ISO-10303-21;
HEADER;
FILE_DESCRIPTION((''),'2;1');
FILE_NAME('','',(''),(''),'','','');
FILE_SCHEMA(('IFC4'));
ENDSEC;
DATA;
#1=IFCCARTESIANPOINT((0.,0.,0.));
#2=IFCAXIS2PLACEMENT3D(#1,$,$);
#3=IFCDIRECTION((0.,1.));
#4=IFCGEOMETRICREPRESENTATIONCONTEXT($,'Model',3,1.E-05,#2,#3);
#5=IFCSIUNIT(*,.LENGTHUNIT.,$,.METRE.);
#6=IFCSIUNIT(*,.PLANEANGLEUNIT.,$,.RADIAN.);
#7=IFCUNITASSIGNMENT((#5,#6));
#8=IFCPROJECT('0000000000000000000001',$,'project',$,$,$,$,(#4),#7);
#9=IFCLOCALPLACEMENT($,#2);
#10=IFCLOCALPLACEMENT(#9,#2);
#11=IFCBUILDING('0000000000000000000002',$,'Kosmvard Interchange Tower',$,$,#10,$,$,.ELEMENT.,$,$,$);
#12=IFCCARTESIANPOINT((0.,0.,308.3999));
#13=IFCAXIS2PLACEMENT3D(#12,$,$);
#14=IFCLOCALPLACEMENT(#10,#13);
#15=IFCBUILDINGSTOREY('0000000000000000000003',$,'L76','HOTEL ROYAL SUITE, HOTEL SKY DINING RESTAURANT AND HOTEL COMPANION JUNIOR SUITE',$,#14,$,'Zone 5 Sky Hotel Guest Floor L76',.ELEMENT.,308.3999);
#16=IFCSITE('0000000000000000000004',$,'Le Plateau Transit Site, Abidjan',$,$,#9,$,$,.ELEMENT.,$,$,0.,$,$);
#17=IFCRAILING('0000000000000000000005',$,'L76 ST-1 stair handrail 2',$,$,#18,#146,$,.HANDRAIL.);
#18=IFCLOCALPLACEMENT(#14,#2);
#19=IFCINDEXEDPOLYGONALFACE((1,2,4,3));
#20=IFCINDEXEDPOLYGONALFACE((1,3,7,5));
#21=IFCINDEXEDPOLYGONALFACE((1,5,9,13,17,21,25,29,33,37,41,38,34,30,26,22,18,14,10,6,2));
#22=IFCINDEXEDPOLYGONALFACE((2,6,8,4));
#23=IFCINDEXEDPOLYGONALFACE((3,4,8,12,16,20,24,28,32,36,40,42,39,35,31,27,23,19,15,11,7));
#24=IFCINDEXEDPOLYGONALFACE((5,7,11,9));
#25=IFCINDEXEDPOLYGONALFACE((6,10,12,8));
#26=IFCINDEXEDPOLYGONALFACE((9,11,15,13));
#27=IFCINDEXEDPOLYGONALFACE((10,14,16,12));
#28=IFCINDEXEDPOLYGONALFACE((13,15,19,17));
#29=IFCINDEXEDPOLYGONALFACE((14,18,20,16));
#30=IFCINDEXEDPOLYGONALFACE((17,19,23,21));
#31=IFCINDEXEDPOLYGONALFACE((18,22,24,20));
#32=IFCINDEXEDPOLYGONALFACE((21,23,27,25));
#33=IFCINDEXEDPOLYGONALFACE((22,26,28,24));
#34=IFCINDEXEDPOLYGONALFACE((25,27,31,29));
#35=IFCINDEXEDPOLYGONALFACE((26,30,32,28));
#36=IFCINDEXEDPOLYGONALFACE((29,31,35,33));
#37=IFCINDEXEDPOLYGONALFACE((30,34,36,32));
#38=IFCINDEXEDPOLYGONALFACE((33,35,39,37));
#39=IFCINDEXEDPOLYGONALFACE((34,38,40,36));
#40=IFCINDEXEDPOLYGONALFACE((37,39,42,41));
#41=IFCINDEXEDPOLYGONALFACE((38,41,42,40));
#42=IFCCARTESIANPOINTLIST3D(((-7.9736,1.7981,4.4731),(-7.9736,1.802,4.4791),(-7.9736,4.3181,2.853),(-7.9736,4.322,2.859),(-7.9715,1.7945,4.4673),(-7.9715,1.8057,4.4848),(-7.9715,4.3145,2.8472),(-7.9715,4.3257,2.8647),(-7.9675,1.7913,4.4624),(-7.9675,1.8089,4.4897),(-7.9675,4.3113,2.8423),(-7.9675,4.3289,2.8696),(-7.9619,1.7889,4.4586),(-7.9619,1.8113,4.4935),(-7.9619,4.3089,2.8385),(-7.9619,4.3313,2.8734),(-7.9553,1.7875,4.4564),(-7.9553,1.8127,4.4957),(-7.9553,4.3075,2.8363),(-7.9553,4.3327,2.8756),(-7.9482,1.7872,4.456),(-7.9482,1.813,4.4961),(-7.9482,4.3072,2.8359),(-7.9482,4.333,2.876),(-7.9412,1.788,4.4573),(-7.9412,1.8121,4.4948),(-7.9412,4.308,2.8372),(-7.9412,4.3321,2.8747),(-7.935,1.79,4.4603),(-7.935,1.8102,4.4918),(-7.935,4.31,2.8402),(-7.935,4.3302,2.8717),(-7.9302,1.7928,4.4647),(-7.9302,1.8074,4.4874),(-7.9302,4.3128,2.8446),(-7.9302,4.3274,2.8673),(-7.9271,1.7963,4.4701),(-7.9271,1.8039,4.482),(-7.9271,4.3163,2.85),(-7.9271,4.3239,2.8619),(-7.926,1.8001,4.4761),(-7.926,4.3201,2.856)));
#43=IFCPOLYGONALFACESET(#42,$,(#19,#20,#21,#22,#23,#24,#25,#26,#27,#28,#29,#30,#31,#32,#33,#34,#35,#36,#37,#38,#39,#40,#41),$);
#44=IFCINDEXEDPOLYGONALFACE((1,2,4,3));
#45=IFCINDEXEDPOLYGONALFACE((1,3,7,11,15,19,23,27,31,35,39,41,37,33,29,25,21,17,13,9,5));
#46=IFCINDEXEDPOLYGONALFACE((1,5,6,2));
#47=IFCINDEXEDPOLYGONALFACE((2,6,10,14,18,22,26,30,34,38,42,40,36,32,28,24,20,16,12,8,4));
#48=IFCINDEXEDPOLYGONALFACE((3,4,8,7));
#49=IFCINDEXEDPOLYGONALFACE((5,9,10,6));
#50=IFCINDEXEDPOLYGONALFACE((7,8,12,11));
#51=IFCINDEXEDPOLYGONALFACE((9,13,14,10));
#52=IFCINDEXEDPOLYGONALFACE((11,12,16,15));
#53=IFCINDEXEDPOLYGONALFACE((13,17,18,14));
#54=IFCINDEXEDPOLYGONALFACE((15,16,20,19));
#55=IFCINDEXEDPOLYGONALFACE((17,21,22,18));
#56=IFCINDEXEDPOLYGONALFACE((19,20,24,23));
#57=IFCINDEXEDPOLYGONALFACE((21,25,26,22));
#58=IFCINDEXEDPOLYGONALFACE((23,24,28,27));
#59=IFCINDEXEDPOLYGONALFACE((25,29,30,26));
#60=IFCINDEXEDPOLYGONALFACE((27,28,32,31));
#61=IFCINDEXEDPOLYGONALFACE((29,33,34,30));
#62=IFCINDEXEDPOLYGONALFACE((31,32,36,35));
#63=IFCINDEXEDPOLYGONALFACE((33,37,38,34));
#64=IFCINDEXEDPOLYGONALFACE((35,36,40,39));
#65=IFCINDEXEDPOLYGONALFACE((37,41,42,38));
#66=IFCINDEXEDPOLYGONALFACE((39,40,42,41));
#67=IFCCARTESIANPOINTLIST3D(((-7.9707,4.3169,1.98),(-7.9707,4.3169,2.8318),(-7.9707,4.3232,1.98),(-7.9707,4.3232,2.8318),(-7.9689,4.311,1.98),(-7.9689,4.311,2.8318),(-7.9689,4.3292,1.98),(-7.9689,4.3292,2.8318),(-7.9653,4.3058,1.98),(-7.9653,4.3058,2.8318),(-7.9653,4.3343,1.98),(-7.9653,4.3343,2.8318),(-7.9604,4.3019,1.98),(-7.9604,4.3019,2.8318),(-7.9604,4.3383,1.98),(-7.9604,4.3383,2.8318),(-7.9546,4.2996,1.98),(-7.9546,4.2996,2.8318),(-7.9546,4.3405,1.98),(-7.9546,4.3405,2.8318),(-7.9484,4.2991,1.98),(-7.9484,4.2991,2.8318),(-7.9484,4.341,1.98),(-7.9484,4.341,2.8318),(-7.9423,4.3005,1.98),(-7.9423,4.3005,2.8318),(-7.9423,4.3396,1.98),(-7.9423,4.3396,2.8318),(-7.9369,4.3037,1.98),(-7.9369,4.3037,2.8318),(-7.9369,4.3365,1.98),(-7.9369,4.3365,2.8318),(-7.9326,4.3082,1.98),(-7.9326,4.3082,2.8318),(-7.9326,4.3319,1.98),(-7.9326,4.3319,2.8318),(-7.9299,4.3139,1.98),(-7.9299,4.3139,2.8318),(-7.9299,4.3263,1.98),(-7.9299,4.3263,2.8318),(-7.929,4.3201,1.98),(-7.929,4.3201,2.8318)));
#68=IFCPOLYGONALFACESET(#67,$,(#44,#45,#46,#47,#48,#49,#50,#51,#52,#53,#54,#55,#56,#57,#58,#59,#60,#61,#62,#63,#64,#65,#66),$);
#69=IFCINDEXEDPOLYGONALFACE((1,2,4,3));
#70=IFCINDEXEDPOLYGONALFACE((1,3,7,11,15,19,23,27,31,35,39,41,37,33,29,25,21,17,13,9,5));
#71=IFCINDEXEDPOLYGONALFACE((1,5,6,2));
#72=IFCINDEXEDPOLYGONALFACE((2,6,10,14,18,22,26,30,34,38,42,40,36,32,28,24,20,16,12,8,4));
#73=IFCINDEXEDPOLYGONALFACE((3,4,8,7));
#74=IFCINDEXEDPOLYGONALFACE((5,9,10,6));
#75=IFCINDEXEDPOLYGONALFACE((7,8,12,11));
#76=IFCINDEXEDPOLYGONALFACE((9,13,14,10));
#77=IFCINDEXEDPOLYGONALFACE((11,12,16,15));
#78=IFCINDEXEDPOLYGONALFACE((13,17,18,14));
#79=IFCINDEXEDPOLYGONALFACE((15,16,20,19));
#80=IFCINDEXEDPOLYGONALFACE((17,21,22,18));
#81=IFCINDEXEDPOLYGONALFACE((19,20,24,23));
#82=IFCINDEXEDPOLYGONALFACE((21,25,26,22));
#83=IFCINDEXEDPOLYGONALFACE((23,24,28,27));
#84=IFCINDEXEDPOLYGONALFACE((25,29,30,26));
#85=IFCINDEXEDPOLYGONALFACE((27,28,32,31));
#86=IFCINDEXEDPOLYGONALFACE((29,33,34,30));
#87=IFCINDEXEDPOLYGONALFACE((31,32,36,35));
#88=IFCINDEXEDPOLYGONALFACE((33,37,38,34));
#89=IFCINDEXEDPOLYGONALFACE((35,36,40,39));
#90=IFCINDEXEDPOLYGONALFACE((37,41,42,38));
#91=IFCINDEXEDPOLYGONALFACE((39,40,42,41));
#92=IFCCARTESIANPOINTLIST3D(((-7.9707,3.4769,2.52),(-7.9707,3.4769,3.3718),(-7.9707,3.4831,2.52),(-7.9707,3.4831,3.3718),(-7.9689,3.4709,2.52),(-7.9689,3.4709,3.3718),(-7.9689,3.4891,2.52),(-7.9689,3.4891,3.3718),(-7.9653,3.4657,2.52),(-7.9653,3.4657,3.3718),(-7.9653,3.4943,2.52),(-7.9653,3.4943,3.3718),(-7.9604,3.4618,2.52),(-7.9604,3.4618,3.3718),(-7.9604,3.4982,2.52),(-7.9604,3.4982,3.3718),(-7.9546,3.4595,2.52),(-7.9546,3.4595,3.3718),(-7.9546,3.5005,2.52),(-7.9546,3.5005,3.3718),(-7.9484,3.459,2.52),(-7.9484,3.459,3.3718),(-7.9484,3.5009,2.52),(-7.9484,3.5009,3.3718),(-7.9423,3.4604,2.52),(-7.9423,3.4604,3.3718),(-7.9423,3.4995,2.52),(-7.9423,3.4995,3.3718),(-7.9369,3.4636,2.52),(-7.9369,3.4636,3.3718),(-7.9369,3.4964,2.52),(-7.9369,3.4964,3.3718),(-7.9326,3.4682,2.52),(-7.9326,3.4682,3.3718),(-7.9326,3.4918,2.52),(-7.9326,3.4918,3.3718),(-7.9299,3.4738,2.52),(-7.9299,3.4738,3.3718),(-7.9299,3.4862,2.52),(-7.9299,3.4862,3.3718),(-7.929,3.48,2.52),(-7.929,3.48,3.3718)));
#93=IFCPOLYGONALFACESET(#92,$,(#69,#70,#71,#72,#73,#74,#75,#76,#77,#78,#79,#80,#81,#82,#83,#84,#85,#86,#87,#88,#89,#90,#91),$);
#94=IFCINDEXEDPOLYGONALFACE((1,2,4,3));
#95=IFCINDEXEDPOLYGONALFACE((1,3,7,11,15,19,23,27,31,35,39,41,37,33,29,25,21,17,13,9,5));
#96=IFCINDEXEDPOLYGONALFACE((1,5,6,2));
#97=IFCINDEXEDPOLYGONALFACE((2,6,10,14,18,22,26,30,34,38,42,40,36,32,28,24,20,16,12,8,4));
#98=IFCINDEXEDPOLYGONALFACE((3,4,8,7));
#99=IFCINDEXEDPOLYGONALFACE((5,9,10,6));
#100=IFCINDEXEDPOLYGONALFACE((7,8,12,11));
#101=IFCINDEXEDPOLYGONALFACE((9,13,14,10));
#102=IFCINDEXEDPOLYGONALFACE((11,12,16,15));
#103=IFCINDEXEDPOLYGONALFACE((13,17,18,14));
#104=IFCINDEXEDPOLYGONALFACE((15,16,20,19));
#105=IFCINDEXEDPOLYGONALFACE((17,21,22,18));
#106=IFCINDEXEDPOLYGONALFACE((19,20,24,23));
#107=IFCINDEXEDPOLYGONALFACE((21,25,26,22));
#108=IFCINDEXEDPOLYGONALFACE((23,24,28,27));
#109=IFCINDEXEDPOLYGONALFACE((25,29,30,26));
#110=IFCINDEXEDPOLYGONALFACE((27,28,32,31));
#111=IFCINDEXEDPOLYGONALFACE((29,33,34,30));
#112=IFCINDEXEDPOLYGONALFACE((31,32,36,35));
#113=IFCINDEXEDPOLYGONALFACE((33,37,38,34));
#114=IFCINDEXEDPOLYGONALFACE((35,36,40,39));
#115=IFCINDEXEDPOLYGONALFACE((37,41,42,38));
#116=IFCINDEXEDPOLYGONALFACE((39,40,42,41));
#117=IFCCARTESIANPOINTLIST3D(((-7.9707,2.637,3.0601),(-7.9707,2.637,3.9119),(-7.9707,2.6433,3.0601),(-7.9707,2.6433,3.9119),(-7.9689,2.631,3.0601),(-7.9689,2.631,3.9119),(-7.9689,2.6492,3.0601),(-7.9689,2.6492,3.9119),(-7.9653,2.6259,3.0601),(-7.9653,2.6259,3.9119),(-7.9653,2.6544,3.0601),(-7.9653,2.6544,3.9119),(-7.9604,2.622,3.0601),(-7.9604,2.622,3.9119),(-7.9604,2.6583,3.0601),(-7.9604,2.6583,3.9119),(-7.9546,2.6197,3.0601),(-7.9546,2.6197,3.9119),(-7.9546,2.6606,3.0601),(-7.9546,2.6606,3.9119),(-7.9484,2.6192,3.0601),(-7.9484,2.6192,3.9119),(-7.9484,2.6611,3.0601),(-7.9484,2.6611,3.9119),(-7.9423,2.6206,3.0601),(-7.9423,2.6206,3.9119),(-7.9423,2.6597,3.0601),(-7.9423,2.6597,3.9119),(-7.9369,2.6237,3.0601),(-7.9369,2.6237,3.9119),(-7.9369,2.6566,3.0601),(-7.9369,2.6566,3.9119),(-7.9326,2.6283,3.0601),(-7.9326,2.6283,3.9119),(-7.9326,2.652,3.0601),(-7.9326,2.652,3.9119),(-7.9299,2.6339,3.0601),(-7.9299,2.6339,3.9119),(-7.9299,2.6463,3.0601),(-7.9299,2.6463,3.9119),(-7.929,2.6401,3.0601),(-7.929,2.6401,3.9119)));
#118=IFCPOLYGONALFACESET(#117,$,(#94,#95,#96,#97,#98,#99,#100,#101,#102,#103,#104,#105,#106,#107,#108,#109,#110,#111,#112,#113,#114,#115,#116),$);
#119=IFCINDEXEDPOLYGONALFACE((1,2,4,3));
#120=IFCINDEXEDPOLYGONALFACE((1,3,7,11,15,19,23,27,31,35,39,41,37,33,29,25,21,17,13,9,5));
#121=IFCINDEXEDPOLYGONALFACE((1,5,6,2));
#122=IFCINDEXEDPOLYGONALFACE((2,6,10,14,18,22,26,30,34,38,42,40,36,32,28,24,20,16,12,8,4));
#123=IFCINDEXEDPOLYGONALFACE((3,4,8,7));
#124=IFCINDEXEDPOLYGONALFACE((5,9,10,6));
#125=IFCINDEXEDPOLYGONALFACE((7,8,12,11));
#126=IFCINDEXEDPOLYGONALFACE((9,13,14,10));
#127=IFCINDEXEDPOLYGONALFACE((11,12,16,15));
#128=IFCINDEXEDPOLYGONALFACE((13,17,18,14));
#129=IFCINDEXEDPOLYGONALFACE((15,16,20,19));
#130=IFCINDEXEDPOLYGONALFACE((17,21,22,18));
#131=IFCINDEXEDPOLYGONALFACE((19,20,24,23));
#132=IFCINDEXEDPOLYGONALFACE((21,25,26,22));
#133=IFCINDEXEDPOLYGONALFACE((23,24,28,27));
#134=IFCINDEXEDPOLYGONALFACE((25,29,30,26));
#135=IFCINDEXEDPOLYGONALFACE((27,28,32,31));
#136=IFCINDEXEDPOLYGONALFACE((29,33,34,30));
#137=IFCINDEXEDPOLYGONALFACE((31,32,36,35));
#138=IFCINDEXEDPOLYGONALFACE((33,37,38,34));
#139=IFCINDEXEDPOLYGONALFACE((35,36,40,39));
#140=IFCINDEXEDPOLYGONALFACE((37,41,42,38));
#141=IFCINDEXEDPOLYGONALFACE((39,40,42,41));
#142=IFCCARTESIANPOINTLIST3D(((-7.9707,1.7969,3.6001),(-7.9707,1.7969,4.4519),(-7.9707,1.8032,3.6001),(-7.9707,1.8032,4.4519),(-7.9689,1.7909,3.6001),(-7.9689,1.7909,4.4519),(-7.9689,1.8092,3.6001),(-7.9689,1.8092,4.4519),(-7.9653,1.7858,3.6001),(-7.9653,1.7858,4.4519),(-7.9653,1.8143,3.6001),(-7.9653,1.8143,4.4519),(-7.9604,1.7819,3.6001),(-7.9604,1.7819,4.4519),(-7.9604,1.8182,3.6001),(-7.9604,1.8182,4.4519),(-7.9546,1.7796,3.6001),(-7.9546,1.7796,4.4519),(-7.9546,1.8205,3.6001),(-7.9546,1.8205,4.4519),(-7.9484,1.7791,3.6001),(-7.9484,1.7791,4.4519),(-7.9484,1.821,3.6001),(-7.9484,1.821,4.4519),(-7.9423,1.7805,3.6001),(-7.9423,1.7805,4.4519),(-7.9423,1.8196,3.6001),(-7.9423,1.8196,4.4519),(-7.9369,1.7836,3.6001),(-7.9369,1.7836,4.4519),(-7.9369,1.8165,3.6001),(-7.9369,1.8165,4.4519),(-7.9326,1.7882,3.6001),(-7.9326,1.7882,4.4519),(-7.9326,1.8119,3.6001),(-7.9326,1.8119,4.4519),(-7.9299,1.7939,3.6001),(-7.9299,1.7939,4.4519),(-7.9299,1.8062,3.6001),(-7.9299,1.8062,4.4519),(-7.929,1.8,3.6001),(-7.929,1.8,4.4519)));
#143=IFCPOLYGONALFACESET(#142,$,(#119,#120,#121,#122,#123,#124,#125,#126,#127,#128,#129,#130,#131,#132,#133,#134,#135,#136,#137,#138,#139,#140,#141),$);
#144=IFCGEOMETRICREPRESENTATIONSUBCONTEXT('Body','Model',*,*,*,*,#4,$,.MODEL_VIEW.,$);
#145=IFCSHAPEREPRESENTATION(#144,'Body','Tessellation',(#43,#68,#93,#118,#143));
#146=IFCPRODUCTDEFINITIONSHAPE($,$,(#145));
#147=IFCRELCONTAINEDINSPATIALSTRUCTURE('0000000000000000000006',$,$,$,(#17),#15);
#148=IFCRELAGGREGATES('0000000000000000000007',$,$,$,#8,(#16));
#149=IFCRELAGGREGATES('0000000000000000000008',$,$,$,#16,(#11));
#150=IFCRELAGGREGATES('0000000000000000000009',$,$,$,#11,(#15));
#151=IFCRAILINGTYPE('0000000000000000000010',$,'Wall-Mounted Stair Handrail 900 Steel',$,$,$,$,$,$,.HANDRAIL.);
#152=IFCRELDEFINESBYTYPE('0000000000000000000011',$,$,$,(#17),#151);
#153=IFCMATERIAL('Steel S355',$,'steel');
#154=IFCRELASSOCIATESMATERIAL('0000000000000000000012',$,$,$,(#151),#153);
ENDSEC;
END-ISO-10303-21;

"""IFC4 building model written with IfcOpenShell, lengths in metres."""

from ifc_helpers import new_model, si_unit, direction, frame, origin, origin_2d, place, context, subcontext, project, spatial, circle, extrude, source, transform, mapped, material, type_object, element, save


model = new_model("IFC4")

# Units and contexts
model_context = context("Model", 3, precision=1e-05, world=origin(), true_north=direction((0.0, 1.0)))
body_context = subcontext(model_context, "Body", "Model", "MODEL_VIEW")
ifc_project = project(units=[si_unit("LENGTHUNIT", "METRE"), si_unit("PLANEANGLEUNIT", "RADIAN")], contexts=[model_context])

# Site, building, storey
site_placement = place(None, origin())
site = spatial("IfcSite", under=ifc_project, at=site_placement, Name="Le Plateau Transit Site, Abidjan", CompositionType="ELEMENT", RefElevation=0.0)
building_placement = place(site_placement, origin())
building = spatial("IfcBuilding", under=site, at=building_placement, Name="Kosmvard Interchange Tower", CompositionType="ELEMENT")
storey_placement = place(building_placement, frame((0.0, 0.0, 308.3999)))
storey = spatial("IfcBuildingStorey", under=building, at=storey_placement, Name="L76", Description="HOTEL ROYAL SUITE, HOTEL SKY DINING RESTAURANT AND HOTEL COMPANION JUNIOR SUITE", LongName="Zone 5 Sky Hotel Guest Floor L76", CompositionType="ELEMENT", Elevation=308.3999)

# Shared definitions
ifc_material_1 = material(Name="Steel S355", Category="steel")

# Railing
railing_type_1 = type_object("IfcRailingType", Name="Wall-Mounted Stair Handrail 900 Steel", PredefinedType="HANDRAIL", material=ifc_material_1)
shared_shape_1 = source(origin(), body_context, "Body", "SweptSolid", [
    extrude(circle(Radius=0.0239, at=origin_2d()), frame((0.0, 0.0, 0.876), z_axis=(0.0, -0.841163, 0.540782), x_axis=(1.0, 0.0, 0.0)), (0.0, 0.0, 1.0), 2.9958),
    extrude(circle(Radius=0.021, at=origin_2d()), origin(), (0.0, 0.0, 1.0), 0.8518),
    extrude(circle(Radius=0.021, at=origin_2d()), frame((0.0, -0.8401, 0.54)), (0.0, 0.0, 1.0), 0.8518),
    extrude(circle(Radius=0.021, at=origin_2d()), frame((0.0, -1.6799, 1.0801)), (0.0, 0.0, 1.0), 0.8518),
    extrude(circle(Radius=0.021, at=origin_2d()), frame((0.0, -2.52, 1.6201)), (0.0, 0.0, 1.0), 0.8518),
])
railing_1_placement = place(storey_placement, frame((-7.95, 4.3201, 1.98)))
element("IfcRailing", 1, at=railing_1_placement, inside=storey, type_object=railing_type_1, Name="L76 ST-1 stair handrail 2", PredefinedType="HANDRAIL", context=body_context, shape_type="MappedRepresentation", body=[
    mapped(shared_shape_1, transform((0.0, 0.0, 0.0), scale=1.0)),
])

save(model, "model.ifc")
